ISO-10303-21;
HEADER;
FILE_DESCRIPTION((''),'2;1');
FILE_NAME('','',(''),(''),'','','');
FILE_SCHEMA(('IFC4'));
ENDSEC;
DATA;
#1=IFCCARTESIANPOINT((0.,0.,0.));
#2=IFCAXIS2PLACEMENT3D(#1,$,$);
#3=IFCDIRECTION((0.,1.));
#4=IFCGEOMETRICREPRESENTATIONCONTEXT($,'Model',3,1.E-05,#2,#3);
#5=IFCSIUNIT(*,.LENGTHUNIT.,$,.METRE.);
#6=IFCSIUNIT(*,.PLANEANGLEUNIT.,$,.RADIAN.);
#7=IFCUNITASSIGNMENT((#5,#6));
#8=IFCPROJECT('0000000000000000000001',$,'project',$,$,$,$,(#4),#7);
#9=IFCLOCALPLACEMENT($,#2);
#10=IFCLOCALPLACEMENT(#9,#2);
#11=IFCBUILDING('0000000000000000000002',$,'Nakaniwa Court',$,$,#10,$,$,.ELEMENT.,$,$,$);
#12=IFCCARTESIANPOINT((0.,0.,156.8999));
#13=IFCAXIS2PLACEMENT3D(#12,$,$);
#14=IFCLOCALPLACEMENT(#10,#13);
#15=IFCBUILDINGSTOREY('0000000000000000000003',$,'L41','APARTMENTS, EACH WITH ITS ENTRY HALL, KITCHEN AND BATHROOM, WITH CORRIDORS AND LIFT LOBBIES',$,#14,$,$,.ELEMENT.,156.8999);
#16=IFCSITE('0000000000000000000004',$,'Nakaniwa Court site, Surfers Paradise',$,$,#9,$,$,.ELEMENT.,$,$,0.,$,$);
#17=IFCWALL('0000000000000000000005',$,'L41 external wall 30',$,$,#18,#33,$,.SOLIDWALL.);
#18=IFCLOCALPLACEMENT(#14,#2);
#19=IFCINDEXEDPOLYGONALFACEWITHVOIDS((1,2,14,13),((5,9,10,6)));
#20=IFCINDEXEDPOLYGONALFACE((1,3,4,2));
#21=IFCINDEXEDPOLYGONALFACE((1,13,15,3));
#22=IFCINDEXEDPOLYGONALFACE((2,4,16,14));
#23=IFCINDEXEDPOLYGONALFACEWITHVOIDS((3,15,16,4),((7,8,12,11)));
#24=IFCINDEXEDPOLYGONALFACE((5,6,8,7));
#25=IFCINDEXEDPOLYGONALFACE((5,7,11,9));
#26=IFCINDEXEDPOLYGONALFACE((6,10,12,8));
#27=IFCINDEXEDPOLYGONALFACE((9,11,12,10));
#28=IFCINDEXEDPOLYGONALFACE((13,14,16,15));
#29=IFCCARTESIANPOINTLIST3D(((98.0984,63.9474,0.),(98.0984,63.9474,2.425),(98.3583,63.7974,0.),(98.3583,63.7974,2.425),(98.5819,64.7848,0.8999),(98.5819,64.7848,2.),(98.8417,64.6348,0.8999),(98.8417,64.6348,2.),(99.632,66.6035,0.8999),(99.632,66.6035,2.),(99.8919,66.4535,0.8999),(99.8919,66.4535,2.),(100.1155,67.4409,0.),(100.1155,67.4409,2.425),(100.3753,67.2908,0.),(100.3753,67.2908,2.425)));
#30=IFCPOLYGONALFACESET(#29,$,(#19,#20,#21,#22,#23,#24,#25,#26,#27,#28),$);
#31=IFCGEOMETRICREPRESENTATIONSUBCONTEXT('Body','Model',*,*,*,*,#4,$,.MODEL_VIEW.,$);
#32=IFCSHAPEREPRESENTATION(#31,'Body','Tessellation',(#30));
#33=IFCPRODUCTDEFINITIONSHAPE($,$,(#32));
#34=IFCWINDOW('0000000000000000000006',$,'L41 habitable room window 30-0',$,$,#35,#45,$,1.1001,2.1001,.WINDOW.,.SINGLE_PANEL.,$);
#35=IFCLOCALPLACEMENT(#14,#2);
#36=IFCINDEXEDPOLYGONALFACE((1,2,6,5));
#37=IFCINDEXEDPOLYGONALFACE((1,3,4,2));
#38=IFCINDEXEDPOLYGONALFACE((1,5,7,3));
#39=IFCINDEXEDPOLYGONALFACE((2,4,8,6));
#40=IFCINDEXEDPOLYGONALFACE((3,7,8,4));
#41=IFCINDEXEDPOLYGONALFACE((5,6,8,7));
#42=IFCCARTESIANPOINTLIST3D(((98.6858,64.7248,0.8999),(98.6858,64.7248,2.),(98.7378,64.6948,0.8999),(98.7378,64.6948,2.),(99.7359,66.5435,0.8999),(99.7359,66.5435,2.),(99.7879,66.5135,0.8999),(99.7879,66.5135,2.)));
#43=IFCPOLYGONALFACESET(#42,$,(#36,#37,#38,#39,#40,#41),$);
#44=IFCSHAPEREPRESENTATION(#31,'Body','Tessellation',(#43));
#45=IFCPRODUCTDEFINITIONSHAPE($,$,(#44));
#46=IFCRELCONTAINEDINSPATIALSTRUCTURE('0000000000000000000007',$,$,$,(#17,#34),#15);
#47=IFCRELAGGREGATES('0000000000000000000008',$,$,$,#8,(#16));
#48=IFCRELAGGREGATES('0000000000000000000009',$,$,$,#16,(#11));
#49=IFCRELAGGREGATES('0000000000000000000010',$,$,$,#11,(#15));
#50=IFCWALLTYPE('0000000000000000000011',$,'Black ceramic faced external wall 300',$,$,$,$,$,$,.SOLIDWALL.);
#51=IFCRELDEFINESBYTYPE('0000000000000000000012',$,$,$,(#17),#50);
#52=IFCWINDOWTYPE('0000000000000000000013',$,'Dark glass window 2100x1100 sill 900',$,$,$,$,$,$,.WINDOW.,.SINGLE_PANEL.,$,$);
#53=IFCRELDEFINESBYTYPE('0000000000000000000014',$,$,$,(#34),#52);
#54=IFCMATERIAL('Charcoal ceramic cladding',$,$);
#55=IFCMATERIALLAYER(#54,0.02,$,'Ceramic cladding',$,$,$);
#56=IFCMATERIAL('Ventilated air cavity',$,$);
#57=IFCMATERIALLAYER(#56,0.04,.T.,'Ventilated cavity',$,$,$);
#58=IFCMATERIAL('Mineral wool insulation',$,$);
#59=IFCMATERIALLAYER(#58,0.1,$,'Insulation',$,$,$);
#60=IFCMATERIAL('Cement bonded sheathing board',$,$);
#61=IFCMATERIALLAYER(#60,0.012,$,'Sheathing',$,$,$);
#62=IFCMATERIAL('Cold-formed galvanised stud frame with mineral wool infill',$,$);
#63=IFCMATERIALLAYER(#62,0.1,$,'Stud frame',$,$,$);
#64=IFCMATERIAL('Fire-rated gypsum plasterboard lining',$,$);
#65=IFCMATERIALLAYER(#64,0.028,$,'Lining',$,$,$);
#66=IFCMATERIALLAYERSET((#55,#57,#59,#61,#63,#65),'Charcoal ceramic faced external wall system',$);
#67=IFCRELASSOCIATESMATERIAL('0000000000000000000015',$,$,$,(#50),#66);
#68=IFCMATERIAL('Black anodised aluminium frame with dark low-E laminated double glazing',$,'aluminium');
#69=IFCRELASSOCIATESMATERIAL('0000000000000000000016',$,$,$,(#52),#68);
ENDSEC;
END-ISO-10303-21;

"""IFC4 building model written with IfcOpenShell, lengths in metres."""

from ifc_helpers import new_model, si_unit, direction, frame, frame_2d, origin, place, context, subcontext, project, spatial, rectangle, extrude, material, layer, layer_set, type_object, element, fill, save


model = new_model("IFC4")

# Units and contexts
model_context = context("Model", 3, precision=1e-05, world=origin(), true_north=direction((0.0, 1.0)))
body_context = subcontext(model_context, "Body", "Model", "MODEL_VIEW")
ifc_project = project(units=[si_unit("LENGTHUNIT", "METRE"), si_unit("PLANEANGLEUNIT", "RADIAN")], contexts=[model_context])

# Site, building, storey
site_placement = place(None, origin())
site = spatial("IfcSite", under=ifc_project, at=site_placement, Name="Nakaniwa Court site, Surfers Paradise", CompositionType="ELEMENT", RefElevation=0.0)
building_placement = place(site_placement, origin())
building = spatial("IfcBuilding", under=site, at=building_placement, Name="Nakaniwa Court", CompositionType="ELEMENT")
storey_placement = place(building_placement, frame((0.0, 0.0, 156.8999)))
storey = spatial("IfcBuildingStorey", under=building, at=storey_placement, Name="L41", Description="APARTMENTS, EACH WITH ITS ENTRY HALL, KITCHEN AND BATHROOM, WITH CORRIDORS AND LIFT LOBBIES", CompositionType="ELEMENT", Elevation=156.8999)

# Shared definitions
ifc_material_1 = material(Name="Charcoal ceramic cladding")
ifc_layer_1 = layer(ifc_material_1, 0.02, Name="Ceramic cladding")
ifc_material_2 = material(Name="Ventilated air cavity")
ifc_layer_2 = layer(ifc_material_2, 0.04, ventilated=True, Name="Ventilated cavity")
ifc_material_3 = material(Name="Mineral wool insulation")
ifc_layer_3 = layer(ifc_material_3, 0.1, Name="Insulation")
ifc_material_4 = material(Name="Cement bonded sheathing board")
ifc_layer_4 = layer(ifc_material_4, 0.012, Name="Sheathing")
ifc_material_5 = material(Name="Cold-formed galvanised stud frame with mineral wool infill")
ifc_layer_5 = layer(ifc_material_5, 0.1, Name="Stud frame")
ifc_material_6 = material(Name="Fire-rated gypsum plasterboard lining")
ifc_layer_6 = layer(ifc_material_6, 0.028, Name="Lining")
ifc_layer_set_1 = layer_set([ifc_layer_1, ifc_layer_2, ifc_layer_3, ifc_layer_4, ifc_layer_5, ifc_layer_6], Name="Charcoal ceramic faced external wall system")
wall_type_1 = type_object("IfcWallType", Name="Black ceramic faced external wall 300", PredefinedType="SOLIDWALL", material=ifc_layer_set_1)

# Wall, opening, window
ifc_material_7 = material(Name="Black anodised aluminium frame with dark low-E laminated double glazing", Category="aluminium")
window_type_1 = type_object("IfcWindowType", Name="Dark glass window 2100x1100 sill 900", PartitioningType="SINGLE_PANEL", PredefinedType="WINDOW", material=ifc_material_7)
wall_1_placement = place(storey_placement, frame((98.2283, 63.8723, 0.0), z_axis=(0.0, 0.0, 1.0), x_axis=(0.500032, 0.866007, 0.0)))
wall_1 = element("IfcWall", 1, at=wall_1_placement, inside=storey, type_object=wall_type_1, Name="L41 external wall 30", PredefinedType="SOLIDWALL", context=body_context, shape_type="SweptSolid", body=[
    extrude(rectangle(XDim=4.0339, YDim=0.3, at=frame_2d((2.0171, 0.0))), origin(), (0.0, 0.0, 1.0), 2.425),
])
opening_1_placement = place(wall_1_placement, frame((0.967, 0.0, 0.8999)))
opening_1 = element("IfcOpeningElement", 2, at=opening_1_placement, cuts=wall_1, PredefinedType="OPENING", context=body_context, shape_type="SweptSolid", body=[
    extrude(rectangle(XDim=2.1001, YDim=1.1001, at=frame_2d((1.05, 0.55))), frame((0.0, 0.1599, 0.0), z_axis=(0.0, -1.0, 0.0), x_axis=(1.0, 0.0, 0.0)), (0.0, 0.0, 1.0), 0.3201),
])
window_1_placement = place(opening_1_placement, origin())
window_1 = element("IfcWindow", 3, at=window_1_placement, inside=storey, type_object=window_type_1, Name="L41 habitable room window 30-0", OverallHeight=1.1001, OverallWidth=2.1001, PartitioningType="SINGLE_PANEL", PredefinedType="WINDOW", context=body_context, shape_type="SweptSolid", body=[
    extrude(rectangle(XDim=2.1001, YDim=1.1001, at=frame_2d((1.05, 0.55))), frame((0.0, 0.03, 0.0), z_axis=(0.0, -1.0, 0.0), x_axis=(1.0, 0.0, 0.0)), (0.0, 0.0, 1.0), 0.0601),
])
fill(opening_1, window_1)

save(model, "model.ifc")
